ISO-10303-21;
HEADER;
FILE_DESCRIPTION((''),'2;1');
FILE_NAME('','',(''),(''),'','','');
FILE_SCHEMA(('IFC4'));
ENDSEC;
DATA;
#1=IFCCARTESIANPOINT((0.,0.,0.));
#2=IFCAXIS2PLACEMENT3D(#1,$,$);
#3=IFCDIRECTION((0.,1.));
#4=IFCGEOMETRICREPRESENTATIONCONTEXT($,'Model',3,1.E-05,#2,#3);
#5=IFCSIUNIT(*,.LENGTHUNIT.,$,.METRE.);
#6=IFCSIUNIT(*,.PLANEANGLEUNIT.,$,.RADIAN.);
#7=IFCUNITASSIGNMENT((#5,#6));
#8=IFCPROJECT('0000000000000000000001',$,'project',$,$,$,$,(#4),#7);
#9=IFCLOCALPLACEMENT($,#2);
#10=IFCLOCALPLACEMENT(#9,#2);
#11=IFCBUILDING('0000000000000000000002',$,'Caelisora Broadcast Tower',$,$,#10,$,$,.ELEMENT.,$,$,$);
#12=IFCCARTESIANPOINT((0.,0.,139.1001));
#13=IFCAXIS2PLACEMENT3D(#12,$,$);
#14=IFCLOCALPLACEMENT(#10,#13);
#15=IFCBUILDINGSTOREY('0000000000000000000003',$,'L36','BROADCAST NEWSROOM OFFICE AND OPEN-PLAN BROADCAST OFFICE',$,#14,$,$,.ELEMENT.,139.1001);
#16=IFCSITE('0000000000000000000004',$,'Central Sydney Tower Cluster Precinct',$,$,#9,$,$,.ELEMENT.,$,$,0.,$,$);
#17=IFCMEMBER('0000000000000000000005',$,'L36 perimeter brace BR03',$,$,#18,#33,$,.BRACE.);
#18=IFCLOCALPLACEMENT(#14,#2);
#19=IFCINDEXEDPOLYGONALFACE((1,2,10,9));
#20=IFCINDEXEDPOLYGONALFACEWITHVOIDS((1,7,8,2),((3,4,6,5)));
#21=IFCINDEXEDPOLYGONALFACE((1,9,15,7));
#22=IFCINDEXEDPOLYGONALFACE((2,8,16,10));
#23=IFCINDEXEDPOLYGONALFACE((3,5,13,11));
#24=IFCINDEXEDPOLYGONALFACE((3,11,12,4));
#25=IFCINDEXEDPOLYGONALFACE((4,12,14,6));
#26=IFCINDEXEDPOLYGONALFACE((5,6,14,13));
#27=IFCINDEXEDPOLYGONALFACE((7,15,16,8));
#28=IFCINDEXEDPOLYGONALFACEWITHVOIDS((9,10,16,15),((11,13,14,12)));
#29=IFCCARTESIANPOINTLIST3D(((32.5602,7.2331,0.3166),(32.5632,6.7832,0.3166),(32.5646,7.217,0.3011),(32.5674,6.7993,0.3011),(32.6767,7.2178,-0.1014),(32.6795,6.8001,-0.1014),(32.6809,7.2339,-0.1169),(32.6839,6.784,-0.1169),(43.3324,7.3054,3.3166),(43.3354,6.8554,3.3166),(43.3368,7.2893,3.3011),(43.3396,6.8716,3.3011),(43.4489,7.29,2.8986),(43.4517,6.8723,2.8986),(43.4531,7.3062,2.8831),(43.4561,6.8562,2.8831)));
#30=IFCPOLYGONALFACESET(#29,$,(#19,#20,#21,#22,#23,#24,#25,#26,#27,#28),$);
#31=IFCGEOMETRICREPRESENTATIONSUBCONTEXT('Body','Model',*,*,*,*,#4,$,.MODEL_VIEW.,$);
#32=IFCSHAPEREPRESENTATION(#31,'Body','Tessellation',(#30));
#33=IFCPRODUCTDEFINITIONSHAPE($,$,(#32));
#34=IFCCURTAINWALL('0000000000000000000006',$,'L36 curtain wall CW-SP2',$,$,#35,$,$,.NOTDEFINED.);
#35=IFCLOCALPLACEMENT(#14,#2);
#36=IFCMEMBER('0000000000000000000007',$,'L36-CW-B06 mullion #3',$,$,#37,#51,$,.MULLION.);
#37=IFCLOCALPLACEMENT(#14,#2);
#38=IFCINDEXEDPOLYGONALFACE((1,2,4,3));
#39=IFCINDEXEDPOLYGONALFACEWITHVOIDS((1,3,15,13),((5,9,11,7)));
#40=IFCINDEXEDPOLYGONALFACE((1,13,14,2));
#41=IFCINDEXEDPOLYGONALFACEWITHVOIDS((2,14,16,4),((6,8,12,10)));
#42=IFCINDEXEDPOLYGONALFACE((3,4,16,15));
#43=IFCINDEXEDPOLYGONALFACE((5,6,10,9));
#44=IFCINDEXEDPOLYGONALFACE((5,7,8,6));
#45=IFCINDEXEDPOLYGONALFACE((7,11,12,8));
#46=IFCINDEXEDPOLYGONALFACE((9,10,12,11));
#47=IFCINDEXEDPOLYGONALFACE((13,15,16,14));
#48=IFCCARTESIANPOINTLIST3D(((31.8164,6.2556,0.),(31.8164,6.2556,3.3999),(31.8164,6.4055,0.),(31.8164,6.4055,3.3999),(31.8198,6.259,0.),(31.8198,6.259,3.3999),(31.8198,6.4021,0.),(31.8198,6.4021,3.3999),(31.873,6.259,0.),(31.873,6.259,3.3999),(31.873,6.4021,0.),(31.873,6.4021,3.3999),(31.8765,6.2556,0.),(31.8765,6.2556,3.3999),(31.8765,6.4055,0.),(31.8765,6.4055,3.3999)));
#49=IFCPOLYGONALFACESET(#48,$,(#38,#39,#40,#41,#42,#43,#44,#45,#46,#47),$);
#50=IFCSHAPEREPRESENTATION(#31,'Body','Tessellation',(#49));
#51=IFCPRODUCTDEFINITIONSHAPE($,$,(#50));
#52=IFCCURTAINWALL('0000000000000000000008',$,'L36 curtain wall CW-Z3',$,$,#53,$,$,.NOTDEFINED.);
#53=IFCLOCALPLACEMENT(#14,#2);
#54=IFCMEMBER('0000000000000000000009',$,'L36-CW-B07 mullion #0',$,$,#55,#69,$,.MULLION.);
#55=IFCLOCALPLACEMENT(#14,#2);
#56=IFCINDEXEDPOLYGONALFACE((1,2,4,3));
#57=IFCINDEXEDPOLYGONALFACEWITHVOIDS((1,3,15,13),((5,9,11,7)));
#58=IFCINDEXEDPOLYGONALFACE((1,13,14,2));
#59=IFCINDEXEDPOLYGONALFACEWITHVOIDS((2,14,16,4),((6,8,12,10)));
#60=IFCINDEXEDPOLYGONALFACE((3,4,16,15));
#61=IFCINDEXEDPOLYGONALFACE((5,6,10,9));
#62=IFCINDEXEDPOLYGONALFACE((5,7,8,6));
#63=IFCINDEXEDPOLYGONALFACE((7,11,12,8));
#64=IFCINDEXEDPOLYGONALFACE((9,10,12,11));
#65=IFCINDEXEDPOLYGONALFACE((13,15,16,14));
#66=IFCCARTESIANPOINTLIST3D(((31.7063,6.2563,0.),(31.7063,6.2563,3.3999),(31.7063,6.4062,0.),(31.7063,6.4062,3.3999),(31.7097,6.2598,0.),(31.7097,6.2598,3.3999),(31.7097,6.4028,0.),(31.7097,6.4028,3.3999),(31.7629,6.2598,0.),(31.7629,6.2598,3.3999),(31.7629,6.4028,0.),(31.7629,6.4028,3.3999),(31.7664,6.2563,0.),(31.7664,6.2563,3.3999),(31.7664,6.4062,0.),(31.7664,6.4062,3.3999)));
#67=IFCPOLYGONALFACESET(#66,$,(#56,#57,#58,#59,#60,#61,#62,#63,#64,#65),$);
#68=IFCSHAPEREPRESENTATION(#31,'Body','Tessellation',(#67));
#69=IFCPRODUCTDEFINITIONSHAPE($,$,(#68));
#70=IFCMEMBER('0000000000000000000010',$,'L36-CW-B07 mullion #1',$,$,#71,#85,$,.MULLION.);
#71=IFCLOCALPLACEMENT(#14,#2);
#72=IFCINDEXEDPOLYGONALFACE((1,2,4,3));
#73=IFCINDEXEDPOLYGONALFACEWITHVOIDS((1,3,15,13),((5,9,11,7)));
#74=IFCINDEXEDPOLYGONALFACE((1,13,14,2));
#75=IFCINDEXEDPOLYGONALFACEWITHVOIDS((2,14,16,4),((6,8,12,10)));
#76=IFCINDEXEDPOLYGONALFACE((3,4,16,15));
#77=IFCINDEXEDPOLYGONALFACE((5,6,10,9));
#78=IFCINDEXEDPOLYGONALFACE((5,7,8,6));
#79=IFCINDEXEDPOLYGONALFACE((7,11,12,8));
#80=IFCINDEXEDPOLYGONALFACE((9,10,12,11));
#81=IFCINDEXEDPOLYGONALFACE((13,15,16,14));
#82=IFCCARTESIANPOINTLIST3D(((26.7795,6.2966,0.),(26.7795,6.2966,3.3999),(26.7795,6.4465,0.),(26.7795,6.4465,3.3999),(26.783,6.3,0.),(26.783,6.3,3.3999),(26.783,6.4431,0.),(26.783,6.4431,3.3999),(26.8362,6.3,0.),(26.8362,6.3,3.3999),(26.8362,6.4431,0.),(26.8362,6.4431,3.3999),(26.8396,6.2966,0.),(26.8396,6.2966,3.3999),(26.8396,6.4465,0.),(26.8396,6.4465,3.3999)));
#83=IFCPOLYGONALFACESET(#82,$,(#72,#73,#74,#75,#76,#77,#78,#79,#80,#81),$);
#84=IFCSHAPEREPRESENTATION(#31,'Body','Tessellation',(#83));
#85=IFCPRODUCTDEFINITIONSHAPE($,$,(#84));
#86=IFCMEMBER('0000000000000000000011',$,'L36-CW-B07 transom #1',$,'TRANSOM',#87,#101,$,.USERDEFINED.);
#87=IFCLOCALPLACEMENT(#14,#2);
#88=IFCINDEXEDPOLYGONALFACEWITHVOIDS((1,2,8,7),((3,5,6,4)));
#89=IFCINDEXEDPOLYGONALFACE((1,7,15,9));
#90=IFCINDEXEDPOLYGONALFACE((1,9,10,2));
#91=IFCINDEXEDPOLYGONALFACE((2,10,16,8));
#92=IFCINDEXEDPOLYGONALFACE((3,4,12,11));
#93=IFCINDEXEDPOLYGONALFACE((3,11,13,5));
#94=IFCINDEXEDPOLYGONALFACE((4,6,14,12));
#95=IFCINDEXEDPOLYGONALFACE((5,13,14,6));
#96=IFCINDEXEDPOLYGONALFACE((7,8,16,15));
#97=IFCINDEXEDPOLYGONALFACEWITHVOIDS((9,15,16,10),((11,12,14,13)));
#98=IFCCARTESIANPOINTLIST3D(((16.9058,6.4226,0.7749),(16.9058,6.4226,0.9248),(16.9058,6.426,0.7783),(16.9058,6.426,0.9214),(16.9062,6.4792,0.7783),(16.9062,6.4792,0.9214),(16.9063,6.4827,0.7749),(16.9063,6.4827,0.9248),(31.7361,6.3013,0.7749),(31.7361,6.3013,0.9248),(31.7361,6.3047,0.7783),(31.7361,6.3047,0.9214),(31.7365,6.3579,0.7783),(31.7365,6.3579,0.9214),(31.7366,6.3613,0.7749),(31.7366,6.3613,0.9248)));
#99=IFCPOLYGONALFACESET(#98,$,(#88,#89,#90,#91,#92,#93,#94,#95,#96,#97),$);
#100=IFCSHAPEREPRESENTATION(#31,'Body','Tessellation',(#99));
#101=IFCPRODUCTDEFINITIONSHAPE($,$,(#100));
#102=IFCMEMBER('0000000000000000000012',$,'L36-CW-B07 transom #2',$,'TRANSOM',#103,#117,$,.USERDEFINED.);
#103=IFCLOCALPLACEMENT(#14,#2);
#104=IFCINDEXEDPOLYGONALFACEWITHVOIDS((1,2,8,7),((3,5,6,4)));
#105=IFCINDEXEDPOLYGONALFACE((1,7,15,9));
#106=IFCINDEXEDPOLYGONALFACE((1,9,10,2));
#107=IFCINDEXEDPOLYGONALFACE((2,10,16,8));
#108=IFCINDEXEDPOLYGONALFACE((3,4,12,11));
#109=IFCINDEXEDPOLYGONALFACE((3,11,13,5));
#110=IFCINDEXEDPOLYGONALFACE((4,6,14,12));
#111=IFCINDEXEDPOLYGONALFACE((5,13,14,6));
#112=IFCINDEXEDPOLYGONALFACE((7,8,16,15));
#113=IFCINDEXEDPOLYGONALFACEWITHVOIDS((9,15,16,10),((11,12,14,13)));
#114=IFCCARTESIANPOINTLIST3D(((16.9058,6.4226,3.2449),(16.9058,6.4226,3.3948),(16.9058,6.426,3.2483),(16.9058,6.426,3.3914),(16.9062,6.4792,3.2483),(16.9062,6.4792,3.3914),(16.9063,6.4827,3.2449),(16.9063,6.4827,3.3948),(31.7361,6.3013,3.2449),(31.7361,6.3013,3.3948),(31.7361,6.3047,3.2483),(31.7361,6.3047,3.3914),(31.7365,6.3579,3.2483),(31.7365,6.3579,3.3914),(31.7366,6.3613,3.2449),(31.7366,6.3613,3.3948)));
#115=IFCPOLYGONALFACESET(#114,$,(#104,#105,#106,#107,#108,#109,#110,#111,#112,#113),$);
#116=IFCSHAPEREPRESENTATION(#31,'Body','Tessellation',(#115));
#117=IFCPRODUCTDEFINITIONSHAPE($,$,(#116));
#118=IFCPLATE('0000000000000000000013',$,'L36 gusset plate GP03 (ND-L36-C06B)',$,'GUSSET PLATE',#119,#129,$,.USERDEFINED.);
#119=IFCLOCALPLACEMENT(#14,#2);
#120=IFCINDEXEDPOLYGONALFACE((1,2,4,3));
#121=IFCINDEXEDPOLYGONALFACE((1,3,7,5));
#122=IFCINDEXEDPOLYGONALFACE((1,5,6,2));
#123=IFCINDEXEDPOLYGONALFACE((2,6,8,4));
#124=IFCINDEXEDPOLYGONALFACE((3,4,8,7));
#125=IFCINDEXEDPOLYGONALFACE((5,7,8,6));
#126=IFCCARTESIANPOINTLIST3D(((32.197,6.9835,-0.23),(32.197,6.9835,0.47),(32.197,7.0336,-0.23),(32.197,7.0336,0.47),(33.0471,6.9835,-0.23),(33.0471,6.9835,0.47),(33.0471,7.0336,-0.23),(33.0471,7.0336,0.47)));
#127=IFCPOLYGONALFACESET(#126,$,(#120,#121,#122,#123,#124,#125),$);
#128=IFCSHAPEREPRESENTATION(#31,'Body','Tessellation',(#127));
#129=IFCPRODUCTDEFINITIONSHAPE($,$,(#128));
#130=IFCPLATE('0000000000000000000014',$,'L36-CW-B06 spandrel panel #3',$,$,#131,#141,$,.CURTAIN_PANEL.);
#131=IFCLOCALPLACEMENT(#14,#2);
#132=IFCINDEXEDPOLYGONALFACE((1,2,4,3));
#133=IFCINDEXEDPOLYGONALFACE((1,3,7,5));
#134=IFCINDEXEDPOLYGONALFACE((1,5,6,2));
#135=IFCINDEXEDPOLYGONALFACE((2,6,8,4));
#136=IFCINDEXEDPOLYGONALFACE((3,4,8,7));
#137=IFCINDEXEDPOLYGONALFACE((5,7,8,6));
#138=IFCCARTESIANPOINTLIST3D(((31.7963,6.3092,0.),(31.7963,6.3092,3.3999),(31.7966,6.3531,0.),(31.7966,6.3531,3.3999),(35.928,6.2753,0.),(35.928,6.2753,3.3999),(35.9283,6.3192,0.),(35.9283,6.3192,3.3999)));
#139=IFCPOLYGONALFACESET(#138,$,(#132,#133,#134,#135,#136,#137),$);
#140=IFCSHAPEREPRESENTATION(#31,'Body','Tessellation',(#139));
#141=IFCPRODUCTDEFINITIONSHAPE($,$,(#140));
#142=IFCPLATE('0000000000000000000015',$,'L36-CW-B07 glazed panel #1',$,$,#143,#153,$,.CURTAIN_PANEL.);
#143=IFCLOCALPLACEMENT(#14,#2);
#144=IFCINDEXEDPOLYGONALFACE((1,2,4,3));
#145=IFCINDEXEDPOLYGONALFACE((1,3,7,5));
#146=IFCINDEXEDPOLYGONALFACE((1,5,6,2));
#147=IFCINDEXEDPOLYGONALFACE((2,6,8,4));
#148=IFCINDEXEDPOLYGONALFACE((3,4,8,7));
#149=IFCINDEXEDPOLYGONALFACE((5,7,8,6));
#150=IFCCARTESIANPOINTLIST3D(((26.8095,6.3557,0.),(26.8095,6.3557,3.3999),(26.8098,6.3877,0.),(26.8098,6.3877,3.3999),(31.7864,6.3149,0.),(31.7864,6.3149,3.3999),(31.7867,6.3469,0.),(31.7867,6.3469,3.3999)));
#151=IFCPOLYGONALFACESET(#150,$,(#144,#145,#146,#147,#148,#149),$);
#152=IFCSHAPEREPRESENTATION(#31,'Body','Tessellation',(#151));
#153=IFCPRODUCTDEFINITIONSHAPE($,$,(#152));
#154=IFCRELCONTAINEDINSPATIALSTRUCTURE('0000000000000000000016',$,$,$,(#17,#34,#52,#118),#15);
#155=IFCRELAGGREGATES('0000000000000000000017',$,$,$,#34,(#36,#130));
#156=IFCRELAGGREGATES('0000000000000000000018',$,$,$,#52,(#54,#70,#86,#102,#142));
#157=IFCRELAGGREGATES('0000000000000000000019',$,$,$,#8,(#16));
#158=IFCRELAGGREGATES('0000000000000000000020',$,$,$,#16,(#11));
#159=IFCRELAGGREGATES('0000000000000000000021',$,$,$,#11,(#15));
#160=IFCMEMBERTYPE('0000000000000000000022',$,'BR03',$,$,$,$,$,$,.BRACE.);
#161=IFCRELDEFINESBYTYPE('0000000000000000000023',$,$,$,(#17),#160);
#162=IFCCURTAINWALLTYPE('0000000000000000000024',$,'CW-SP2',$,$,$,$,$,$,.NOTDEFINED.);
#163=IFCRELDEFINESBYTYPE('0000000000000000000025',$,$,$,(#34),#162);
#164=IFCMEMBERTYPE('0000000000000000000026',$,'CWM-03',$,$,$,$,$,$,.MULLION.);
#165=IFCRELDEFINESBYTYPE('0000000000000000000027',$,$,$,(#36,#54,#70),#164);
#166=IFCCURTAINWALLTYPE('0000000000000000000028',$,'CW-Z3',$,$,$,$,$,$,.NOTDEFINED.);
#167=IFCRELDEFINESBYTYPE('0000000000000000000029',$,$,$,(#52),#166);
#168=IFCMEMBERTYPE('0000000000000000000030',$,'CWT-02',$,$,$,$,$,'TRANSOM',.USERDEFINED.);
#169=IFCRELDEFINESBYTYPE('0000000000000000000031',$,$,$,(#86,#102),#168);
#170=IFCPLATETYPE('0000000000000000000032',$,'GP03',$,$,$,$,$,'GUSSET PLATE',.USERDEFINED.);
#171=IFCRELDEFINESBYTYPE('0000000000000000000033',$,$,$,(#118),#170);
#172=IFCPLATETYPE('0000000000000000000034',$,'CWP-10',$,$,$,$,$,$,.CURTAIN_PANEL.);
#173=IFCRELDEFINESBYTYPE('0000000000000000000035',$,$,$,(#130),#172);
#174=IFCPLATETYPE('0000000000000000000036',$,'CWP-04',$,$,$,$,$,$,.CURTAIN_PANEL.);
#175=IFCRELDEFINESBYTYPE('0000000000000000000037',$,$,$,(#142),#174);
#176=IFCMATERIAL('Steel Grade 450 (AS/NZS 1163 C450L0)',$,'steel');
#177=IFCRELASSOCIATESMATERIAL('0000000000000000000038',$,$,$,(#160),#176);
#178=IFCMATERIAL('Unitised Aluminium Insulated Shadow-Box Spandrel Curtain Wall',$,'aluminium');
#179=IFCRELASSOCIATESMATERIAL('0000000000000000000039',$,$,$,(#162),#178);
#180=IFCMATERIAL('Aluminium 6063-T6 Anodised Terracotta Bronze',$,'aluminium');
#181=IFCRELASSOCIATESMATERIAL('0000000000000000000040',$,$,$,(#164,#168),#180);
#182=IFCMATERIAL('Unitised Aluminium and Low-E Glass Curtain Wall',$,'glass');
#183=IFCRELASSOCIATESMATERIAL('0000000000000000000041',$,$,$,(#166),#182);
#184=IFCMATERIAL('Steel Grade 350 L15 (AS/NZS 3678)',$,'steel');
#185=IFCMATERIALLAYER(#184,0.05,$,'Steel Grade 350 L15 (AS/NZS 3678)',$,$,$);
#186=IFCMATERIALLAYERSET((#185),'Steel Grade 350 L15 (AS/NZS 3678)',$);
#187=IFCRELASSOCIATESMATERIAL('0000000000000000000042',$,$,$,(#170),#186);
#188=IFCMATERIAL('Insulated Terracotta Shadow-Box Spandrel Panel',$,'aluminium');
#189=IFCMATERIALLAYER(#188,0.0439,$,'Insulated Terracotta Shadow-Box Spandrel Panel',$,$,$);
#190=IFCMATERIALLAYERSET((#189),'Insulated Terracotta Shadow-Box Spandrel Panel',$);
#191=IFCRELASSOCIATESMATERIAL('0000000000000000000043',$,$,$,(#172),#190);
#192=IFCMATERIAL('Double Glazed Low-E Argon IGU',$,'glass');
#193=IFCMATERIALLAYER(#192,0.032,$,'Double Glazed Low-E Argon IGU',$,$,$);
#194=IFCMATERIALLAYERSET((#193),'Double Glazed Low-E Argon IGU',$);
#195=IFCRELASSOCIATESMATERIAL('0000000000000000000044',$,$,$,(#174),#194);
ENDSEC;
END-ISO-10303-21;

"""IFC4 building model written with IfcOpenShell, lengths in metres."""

from ifc_helpers import new_model, si_unit, direction, frame, origin, origin_2d, place, context, subcontext, project, spatial, rectangle, hollow_rectangle, extrude, source, transform, mapped, material, layer, layer_set, material_profile, profile_set, type_object, type_shapes, element, aggregate, save


model = new_model("IFC4")

# Units and contexts
model_context = context("Model", 3, precision=1e-05, world=origin(), true_north=direction((0.0, 1.0)))
body_context = subcontext(model_context, "Body", "Model", "MODEL_VIEW")
ifc_project = project(units=[si_unit("LENGTHUNIT", "METRE"), si_unit("PLANEANGLEUNIT", "RADIAN")], contexts=[model_context])

# Site, building, storey
site_placement = place(None, origin())
site = spatial("IfcSite", under=ifc_project, at=site_placement, Name="Central Sydney Tower Cluster Precinct", CompositionType="ELEMENT", RefElevation=0.0)
building_placement = place(site_placement, origin())
building = spatial("IfcBuilding", under=site, at=building_placement, Name="Caelisora Broadcast Tower", CompositionType="ELEMENT")
storey_placement = place(building_placement, frame((0.0, 0.0, 139.1001)))
storey = spatial("IfcBuildingStorey", under=building, at=storey_placement, Name="L36", Description="BROADCAST NEWSROOM OFFICE AND OPEN-PLAN BROADCAST OFFICE", CompositionType="ELEMENT", Elevation=139.1001)

# Shared definitions
ifc_material_1 = material(Name="Steel Grade 350 L15 (AS/NZS 3678)", Category="steel")

# Member
ifc_material_2 = material(Name="Steel Grade 450 (AS/NZS 1163 C450L0)", Category="steel")
ifc_material_profile_1 = material_profile(ifc_material_2, hollow_rectangle(XDim=0.45, YDim=0.45, WallThickness=0.0161, at=origin_2d()), Name="Steel Grade 450 (AS/NZS 1163 C450L0)")
ifc_profile_set_1 = profile_set([ifc_material_profile_1], Name="Steel Grade 450 (AS/NZS 1163 C450L0)")
member_type_1 = type_object("IfcMemberType", Name="BR03", PredefinedType="BRACE", material=ifc_profile_set_1)
shared_shape_1 = source(origin(), body_context, "Body", "SweptSolid", [
    extrude(hollow_rectangle(XDim=0.45, YDim=0.45, WallThickness=0.0161, at=origin_2d()), origin(), (0.0, 0.0, 1.0), 11.1824),
])
type_shapes(member_type_1, [shared_shape_1])
member_1_placement = place(storey_placement, frame((32.6221, 7.0085, 0.0999), z_axis=(0.96332, 0.006462, 0.268279), x_axis=(-0.006708, 0.999977, 0.0)))
element("IfcMember", 1, at=member_1_placement, inside=storey, type_object=member_type_1, Name="L36 perimeter brace BR03", PredefinedType="BRACE", context=body_context, shape_type="MappedRepresentation", body=[
    mapped(shared_shape_1, transform((0.0, 0.0, 0.0), scale=1.0)),
])

# Curtain wall, member
ifc_material_3 = material(Name="Unitised Aluminium Insulated Shadow-Box Spandrel Curtain Wall", Category="aluminium")
curtain_wall_type_1 = type_object("IfcCurtainWallType", Name="CW-SP2", PredefinedType="NOTDEFINED", material=ifc_material_3)
curtain_wall_1_placement = place(storey_placement, origin())
curtain_wall_1 = element("IfcCurtainWall", 2, at=curtain_wall_1_placement, inside=storey, type_object=curtain_wall_type_1, Name="L36 curtain wall CW-SP2", PredefinedType="NOTDEFINED")
ifc_material_4 = material(Name="Aluminium 6063-T6 Anodised Terracotta Bronze", Category="aluminium")
ifc_material_profile_2 = material_profile(ifc_material_4, hollow_rectangle(XDim=0.0601, YDim=0.1499, WallThickness=0.0034, at=origin_2d()), Name="Aluminium 6063-T6 Anodised Terracotta Bronze")
ifc_profile_set_2 = profile_set([ifc_material_profile_2], Name="Aluminium 6063-T6 Anodised Terracotta Bronze")
member_type_2 = type_object("IfcMemberType", Name="CWM-03", PredefinedType="MULLION", material=ifc_profile_set_2)
shared_shape_2 = source(origin(), body_context, "Body", "SweptSolid", [
    extrude(hollow_rectangle(XDim=0.0601, YDim=0.1499, WallThickness=0.0034, at=origin_2d()), origin(), (0.0, 0.0, 1.0), 3.3999),
])
type_shapes(member_type_2, [shared_shape_2])
member_2_placement = place(storey_placement, frame((31.8464, 6.3306, 0.0), z_axis=(0.0, 0.0, 1.0), x_axis=(1.0, 0.0, 0.0)))
member_2 = element("IfcMember", 3, at=member_2_placement, type_object=member_type_2, Name="L36-CW-B06 mullion #3", PredefinedType="MULLION", context=body_context, shape_type="MappedRepresentation", body=[
    mapped(shared_shape_2, transform((0.0, 0.0, 0.0), scale=1.0)),
])

# Curtain wall, members
ifc_material_5 = material(Name="Unitised Aluminium and Low-E Glass Curtain Wall", Category="glass")
curtain_wall_type_2 = type_object("IfcCurtainWallType", Name="CW-Z3", PredefinedType="NOTDEFINED", material=ifc_material_5)
curtain_wall_2_placement = place(storey_placement, origin())
curtain_wall_2 = element("IfcCurtainWall", 4, at=curtain_wall_2_placement, inside=storey, type_object=curtain_wall_type_2, Name="L36 curtain wall CW-Z3", PredefinedType="NOTDEFINED")
member_3_placement = place(storey_placement, frame((31.7363, 6.3313, 0.0), z_axis=(0.0, 0.0, 1.0), x_axis=(1.0, 0.0, 0.0)))
member_3 = element("IfcMember", 5, at=member_3_placement, type_object=member_type_2, Name="L36-CW-B07 mullion #0", PredefinedType="MULLION", context=body_context, shape_type="MappedRepresentation", body=[
    mapped(shared_shape_2, transform((0.0, 0.0, 0.0), scale=1.0)),
])
member_4_placement = place(storey_placement, frame((26.8096, 6.3716, 0.0), z_axis=(0.0, 0.0, 1.0), x_axis=(1.0, 0.0, 0.0)))
member_4 = element("IfcMember", 6, at=member_4_placement, type_object=member_type_2, Name="L36-CW-B07 mullion #1", PredefinedType="MULLION", context=body_context, shape_type="MappedRepresentation", body=[
    mapped(shared_shape_2, transform((0.0, 0.0, 0.0), scale=1.0)),
])
ifc_material_profile_3 = material_profile(ifc_material_4, hollow_rectangle(XDim=0.0601, YDim=0.1499, WallThickness=0.0034, at=origin_2d()), Name="Aluminium 6063-T6 Anodised Terracotta Bronze")
ifc_profile_set_3 = profile_set([ifc_material_profile_3], Name="Aluminium 6063-T6 Anodised Terracotta Bronze")
member_type_3 = type_object("IfcMemberType", Name="CWT-02", ElementType="TRANSOM", PredefinedType="USERDEFINED", material=ifc_profile_set_3)
shared_shape_3 = source(origin(), body_context, "Body", "SweptSolid", [
    extrude(hollow_rectangle(XDim=0.0601, YDim=0.1499, WallThickness=0.0034, at=origin_2d()), origin(), (0.0, 0.0, 1.0), 14.8308),
])
type_shapes(member_type_3, [shared_shape_3])
member_5_placement = place(storey_placement, frame((31.7363, 6.3313, 0.8499), z_axis=(-0.999967, 0.008181, 0.0), x_axis=(-0.008181, -0.999967, 0.0)))
member_5 = element("IfcMember", 7, at=member_5_placement, type_object=member_type_3, Name="L36-CW-B07 transom #1", ObjectType="TRANSOM", PredefinedType="USERDEFINED", context=body_context, shape_type="MappedRepresentation", body=[
    mapped(shared_shape_3, transform((0.0, 0.0, 0.0), scale=1.0)),
])
member_6_placement = place(storey_placement, frame((31.7363, 6.3313, 3.3198), z_axis=(-0.999967, 0.008181, 0.0), x_axis=(-0.008181, -0.999967, 0.0)))
member_6 = element("IfcMember", 8, at=member_6_placement, type_object=member_type_3, Name="L36-CW-B07 transom #2", ObjectType="TRANSOM", PredefinedType="USERDEFINED", context=body_context, shape_type="MappedRepresentation", body=[
    mapped(shared_shape_3, transform((0.0, 0.0, 0.0), scale=1.0)),
])

# Plates
ifc_layer_1 = layer(ifc_material_1, 0.05, Name="Steel Grade 350 L15 (AS/NZS 3678)")
ifc_layer_set_1 = layer_set([ifc_layer_1], Name="Steel Grade 350 L15 (AS/NZS 3678)")
plate_type_1 = type_object("IfcPlateType", Name="GP03", ElementType="GUSSET PLATE", PredefinedType="USERDEFINED", material=ifc_layer_set_1)
shared_shape_4 = source(origin(), body_context, "Body", "SweptSolid", [
    extrude(rectangle(XDim=0.8501, YDim=0.05, at=origin_2d()), origin(), (0.0, 0.0, 1.0), 0.7),
])
type_shapes(plate_type_1, [shared_shape_4])
plate_1_placement = place(storey_placement, frame((32.6221, 7.0085, -0.23), z_axis=(0.0, 0.0, 1.0), x_axis=(1.0, 0.0, 0.0)))
element("IfcPlate", 9, at=plate_1_placement, inside=storey, type_object=plate_type_1, Name="L36 gusset plate GP03 (ND-L36-C06B)", ObjectType="GUSSET PLATE", PredefinedType="USERDEFINED", context=body_context, shape_type="MappedRepresentation", body=[
    mapped(shared_shape_4, transform((0.0, 0.0, 0.0), scale=1.0)),
])
ifc_material_6 = material(Name="Insulated Terracotta Shadow-Box Spandrel Panel", Category="aluminium")
ifc_layer_2 = layer(ifc_material_6, 0.0439, Name="Insulated Terracotta Shadow-Box Spandrel Panel")
ifc_layer_set_2 = layer_set([ifc_layer_2], Name="Insulated Terracotta Shadow-Box Spandrel Panel")
plate_type_2 = type_object("IfcPlateType", Name="CWP-10", PredefinedType="CURTAIN_PANEL", material=ifc_layer_set_2)
shared_shape_5 = source(origin(), body_context, "Body", "SweptSolid", [
    extrude(rectangle(XDim=4.1318, YDim=0.0439, at=origin_2d()), origin(), (0.0, 0.0, 1.0), 3.3999),
])
type_shapes(plate_type_2, [shared_shape_5])
plate_2_placement = place(storey_placement, frame((33.8623, 6.3142, 0.0), z_axis=(0.0, 0.0, 1.0), x_axis=(-0.999966, 0.008203, 0.0)))
plate_2 = element("IfcPlate", 10, at=plate_2_placement, type_object=plate_type_2, Name="L36-CW-B06 spandrel panel #3", PredefinedType="CURTAIN_PANEL", context=body_context, shape_type="MappedRepresentation", body=[
    mapped(shared_shape_5, transform((0.0, 0.0, 0.0), scale=1.0)),
])
aggregate(curtain_wall_1, [member_2, plate_2])
ifc_material_7 = material(Name="Double Glazed Low-E Argon IGU", Category="glass")
ifc_layer_3 = layer(ifc_material_7, 0.032, Name="Double Glazed Low-E Argon IGU")
ifc_layer_set_3 = layer_set([ifc_layer_3], Name="Double Glazed Low-E Argon IGU")
plate_type_3 = type_object("IfcPlateType", Name="CWP-04", PredefinedType="CURTAIN_PANEL", material=ifc_layer_set_3)
shared_shape_6 = source(origin(), body_context, "Body", "SweptSolid", [
    extrude(rectangle(XDim=4.9771, YDim=0.032, at=origin_2d()), origin(), (0.0, 0.0, 1.0), 3.3999),
])
type_shapes(plate_type_3, [shared_shape_6])
plate_3_placement = place(storey_placement, frame((29.2981, 6.3513, 0.0), z_axis=(0.0, 0.0, 1.0), x_axis=(-0.999966, 0.008203, 0.0)))
plate_3 = element("IfcPlate", 11, at=plate_3_placement, type_object=plate_type_3, Name="L36-CW-B07 glazed panel #1", PredefinedType="CURTAIN_PANEL", context=body_context, shape_type="MappedRepresentation", body=[
    mapped(shared_shape_6, transform((0.0, 0.0, 0.0), scale=1.0)),
])
aggregate(curtain_wall_2, [member_3, member_4, member_5, member_6, plate_3])

save(model, "model.ifc")
